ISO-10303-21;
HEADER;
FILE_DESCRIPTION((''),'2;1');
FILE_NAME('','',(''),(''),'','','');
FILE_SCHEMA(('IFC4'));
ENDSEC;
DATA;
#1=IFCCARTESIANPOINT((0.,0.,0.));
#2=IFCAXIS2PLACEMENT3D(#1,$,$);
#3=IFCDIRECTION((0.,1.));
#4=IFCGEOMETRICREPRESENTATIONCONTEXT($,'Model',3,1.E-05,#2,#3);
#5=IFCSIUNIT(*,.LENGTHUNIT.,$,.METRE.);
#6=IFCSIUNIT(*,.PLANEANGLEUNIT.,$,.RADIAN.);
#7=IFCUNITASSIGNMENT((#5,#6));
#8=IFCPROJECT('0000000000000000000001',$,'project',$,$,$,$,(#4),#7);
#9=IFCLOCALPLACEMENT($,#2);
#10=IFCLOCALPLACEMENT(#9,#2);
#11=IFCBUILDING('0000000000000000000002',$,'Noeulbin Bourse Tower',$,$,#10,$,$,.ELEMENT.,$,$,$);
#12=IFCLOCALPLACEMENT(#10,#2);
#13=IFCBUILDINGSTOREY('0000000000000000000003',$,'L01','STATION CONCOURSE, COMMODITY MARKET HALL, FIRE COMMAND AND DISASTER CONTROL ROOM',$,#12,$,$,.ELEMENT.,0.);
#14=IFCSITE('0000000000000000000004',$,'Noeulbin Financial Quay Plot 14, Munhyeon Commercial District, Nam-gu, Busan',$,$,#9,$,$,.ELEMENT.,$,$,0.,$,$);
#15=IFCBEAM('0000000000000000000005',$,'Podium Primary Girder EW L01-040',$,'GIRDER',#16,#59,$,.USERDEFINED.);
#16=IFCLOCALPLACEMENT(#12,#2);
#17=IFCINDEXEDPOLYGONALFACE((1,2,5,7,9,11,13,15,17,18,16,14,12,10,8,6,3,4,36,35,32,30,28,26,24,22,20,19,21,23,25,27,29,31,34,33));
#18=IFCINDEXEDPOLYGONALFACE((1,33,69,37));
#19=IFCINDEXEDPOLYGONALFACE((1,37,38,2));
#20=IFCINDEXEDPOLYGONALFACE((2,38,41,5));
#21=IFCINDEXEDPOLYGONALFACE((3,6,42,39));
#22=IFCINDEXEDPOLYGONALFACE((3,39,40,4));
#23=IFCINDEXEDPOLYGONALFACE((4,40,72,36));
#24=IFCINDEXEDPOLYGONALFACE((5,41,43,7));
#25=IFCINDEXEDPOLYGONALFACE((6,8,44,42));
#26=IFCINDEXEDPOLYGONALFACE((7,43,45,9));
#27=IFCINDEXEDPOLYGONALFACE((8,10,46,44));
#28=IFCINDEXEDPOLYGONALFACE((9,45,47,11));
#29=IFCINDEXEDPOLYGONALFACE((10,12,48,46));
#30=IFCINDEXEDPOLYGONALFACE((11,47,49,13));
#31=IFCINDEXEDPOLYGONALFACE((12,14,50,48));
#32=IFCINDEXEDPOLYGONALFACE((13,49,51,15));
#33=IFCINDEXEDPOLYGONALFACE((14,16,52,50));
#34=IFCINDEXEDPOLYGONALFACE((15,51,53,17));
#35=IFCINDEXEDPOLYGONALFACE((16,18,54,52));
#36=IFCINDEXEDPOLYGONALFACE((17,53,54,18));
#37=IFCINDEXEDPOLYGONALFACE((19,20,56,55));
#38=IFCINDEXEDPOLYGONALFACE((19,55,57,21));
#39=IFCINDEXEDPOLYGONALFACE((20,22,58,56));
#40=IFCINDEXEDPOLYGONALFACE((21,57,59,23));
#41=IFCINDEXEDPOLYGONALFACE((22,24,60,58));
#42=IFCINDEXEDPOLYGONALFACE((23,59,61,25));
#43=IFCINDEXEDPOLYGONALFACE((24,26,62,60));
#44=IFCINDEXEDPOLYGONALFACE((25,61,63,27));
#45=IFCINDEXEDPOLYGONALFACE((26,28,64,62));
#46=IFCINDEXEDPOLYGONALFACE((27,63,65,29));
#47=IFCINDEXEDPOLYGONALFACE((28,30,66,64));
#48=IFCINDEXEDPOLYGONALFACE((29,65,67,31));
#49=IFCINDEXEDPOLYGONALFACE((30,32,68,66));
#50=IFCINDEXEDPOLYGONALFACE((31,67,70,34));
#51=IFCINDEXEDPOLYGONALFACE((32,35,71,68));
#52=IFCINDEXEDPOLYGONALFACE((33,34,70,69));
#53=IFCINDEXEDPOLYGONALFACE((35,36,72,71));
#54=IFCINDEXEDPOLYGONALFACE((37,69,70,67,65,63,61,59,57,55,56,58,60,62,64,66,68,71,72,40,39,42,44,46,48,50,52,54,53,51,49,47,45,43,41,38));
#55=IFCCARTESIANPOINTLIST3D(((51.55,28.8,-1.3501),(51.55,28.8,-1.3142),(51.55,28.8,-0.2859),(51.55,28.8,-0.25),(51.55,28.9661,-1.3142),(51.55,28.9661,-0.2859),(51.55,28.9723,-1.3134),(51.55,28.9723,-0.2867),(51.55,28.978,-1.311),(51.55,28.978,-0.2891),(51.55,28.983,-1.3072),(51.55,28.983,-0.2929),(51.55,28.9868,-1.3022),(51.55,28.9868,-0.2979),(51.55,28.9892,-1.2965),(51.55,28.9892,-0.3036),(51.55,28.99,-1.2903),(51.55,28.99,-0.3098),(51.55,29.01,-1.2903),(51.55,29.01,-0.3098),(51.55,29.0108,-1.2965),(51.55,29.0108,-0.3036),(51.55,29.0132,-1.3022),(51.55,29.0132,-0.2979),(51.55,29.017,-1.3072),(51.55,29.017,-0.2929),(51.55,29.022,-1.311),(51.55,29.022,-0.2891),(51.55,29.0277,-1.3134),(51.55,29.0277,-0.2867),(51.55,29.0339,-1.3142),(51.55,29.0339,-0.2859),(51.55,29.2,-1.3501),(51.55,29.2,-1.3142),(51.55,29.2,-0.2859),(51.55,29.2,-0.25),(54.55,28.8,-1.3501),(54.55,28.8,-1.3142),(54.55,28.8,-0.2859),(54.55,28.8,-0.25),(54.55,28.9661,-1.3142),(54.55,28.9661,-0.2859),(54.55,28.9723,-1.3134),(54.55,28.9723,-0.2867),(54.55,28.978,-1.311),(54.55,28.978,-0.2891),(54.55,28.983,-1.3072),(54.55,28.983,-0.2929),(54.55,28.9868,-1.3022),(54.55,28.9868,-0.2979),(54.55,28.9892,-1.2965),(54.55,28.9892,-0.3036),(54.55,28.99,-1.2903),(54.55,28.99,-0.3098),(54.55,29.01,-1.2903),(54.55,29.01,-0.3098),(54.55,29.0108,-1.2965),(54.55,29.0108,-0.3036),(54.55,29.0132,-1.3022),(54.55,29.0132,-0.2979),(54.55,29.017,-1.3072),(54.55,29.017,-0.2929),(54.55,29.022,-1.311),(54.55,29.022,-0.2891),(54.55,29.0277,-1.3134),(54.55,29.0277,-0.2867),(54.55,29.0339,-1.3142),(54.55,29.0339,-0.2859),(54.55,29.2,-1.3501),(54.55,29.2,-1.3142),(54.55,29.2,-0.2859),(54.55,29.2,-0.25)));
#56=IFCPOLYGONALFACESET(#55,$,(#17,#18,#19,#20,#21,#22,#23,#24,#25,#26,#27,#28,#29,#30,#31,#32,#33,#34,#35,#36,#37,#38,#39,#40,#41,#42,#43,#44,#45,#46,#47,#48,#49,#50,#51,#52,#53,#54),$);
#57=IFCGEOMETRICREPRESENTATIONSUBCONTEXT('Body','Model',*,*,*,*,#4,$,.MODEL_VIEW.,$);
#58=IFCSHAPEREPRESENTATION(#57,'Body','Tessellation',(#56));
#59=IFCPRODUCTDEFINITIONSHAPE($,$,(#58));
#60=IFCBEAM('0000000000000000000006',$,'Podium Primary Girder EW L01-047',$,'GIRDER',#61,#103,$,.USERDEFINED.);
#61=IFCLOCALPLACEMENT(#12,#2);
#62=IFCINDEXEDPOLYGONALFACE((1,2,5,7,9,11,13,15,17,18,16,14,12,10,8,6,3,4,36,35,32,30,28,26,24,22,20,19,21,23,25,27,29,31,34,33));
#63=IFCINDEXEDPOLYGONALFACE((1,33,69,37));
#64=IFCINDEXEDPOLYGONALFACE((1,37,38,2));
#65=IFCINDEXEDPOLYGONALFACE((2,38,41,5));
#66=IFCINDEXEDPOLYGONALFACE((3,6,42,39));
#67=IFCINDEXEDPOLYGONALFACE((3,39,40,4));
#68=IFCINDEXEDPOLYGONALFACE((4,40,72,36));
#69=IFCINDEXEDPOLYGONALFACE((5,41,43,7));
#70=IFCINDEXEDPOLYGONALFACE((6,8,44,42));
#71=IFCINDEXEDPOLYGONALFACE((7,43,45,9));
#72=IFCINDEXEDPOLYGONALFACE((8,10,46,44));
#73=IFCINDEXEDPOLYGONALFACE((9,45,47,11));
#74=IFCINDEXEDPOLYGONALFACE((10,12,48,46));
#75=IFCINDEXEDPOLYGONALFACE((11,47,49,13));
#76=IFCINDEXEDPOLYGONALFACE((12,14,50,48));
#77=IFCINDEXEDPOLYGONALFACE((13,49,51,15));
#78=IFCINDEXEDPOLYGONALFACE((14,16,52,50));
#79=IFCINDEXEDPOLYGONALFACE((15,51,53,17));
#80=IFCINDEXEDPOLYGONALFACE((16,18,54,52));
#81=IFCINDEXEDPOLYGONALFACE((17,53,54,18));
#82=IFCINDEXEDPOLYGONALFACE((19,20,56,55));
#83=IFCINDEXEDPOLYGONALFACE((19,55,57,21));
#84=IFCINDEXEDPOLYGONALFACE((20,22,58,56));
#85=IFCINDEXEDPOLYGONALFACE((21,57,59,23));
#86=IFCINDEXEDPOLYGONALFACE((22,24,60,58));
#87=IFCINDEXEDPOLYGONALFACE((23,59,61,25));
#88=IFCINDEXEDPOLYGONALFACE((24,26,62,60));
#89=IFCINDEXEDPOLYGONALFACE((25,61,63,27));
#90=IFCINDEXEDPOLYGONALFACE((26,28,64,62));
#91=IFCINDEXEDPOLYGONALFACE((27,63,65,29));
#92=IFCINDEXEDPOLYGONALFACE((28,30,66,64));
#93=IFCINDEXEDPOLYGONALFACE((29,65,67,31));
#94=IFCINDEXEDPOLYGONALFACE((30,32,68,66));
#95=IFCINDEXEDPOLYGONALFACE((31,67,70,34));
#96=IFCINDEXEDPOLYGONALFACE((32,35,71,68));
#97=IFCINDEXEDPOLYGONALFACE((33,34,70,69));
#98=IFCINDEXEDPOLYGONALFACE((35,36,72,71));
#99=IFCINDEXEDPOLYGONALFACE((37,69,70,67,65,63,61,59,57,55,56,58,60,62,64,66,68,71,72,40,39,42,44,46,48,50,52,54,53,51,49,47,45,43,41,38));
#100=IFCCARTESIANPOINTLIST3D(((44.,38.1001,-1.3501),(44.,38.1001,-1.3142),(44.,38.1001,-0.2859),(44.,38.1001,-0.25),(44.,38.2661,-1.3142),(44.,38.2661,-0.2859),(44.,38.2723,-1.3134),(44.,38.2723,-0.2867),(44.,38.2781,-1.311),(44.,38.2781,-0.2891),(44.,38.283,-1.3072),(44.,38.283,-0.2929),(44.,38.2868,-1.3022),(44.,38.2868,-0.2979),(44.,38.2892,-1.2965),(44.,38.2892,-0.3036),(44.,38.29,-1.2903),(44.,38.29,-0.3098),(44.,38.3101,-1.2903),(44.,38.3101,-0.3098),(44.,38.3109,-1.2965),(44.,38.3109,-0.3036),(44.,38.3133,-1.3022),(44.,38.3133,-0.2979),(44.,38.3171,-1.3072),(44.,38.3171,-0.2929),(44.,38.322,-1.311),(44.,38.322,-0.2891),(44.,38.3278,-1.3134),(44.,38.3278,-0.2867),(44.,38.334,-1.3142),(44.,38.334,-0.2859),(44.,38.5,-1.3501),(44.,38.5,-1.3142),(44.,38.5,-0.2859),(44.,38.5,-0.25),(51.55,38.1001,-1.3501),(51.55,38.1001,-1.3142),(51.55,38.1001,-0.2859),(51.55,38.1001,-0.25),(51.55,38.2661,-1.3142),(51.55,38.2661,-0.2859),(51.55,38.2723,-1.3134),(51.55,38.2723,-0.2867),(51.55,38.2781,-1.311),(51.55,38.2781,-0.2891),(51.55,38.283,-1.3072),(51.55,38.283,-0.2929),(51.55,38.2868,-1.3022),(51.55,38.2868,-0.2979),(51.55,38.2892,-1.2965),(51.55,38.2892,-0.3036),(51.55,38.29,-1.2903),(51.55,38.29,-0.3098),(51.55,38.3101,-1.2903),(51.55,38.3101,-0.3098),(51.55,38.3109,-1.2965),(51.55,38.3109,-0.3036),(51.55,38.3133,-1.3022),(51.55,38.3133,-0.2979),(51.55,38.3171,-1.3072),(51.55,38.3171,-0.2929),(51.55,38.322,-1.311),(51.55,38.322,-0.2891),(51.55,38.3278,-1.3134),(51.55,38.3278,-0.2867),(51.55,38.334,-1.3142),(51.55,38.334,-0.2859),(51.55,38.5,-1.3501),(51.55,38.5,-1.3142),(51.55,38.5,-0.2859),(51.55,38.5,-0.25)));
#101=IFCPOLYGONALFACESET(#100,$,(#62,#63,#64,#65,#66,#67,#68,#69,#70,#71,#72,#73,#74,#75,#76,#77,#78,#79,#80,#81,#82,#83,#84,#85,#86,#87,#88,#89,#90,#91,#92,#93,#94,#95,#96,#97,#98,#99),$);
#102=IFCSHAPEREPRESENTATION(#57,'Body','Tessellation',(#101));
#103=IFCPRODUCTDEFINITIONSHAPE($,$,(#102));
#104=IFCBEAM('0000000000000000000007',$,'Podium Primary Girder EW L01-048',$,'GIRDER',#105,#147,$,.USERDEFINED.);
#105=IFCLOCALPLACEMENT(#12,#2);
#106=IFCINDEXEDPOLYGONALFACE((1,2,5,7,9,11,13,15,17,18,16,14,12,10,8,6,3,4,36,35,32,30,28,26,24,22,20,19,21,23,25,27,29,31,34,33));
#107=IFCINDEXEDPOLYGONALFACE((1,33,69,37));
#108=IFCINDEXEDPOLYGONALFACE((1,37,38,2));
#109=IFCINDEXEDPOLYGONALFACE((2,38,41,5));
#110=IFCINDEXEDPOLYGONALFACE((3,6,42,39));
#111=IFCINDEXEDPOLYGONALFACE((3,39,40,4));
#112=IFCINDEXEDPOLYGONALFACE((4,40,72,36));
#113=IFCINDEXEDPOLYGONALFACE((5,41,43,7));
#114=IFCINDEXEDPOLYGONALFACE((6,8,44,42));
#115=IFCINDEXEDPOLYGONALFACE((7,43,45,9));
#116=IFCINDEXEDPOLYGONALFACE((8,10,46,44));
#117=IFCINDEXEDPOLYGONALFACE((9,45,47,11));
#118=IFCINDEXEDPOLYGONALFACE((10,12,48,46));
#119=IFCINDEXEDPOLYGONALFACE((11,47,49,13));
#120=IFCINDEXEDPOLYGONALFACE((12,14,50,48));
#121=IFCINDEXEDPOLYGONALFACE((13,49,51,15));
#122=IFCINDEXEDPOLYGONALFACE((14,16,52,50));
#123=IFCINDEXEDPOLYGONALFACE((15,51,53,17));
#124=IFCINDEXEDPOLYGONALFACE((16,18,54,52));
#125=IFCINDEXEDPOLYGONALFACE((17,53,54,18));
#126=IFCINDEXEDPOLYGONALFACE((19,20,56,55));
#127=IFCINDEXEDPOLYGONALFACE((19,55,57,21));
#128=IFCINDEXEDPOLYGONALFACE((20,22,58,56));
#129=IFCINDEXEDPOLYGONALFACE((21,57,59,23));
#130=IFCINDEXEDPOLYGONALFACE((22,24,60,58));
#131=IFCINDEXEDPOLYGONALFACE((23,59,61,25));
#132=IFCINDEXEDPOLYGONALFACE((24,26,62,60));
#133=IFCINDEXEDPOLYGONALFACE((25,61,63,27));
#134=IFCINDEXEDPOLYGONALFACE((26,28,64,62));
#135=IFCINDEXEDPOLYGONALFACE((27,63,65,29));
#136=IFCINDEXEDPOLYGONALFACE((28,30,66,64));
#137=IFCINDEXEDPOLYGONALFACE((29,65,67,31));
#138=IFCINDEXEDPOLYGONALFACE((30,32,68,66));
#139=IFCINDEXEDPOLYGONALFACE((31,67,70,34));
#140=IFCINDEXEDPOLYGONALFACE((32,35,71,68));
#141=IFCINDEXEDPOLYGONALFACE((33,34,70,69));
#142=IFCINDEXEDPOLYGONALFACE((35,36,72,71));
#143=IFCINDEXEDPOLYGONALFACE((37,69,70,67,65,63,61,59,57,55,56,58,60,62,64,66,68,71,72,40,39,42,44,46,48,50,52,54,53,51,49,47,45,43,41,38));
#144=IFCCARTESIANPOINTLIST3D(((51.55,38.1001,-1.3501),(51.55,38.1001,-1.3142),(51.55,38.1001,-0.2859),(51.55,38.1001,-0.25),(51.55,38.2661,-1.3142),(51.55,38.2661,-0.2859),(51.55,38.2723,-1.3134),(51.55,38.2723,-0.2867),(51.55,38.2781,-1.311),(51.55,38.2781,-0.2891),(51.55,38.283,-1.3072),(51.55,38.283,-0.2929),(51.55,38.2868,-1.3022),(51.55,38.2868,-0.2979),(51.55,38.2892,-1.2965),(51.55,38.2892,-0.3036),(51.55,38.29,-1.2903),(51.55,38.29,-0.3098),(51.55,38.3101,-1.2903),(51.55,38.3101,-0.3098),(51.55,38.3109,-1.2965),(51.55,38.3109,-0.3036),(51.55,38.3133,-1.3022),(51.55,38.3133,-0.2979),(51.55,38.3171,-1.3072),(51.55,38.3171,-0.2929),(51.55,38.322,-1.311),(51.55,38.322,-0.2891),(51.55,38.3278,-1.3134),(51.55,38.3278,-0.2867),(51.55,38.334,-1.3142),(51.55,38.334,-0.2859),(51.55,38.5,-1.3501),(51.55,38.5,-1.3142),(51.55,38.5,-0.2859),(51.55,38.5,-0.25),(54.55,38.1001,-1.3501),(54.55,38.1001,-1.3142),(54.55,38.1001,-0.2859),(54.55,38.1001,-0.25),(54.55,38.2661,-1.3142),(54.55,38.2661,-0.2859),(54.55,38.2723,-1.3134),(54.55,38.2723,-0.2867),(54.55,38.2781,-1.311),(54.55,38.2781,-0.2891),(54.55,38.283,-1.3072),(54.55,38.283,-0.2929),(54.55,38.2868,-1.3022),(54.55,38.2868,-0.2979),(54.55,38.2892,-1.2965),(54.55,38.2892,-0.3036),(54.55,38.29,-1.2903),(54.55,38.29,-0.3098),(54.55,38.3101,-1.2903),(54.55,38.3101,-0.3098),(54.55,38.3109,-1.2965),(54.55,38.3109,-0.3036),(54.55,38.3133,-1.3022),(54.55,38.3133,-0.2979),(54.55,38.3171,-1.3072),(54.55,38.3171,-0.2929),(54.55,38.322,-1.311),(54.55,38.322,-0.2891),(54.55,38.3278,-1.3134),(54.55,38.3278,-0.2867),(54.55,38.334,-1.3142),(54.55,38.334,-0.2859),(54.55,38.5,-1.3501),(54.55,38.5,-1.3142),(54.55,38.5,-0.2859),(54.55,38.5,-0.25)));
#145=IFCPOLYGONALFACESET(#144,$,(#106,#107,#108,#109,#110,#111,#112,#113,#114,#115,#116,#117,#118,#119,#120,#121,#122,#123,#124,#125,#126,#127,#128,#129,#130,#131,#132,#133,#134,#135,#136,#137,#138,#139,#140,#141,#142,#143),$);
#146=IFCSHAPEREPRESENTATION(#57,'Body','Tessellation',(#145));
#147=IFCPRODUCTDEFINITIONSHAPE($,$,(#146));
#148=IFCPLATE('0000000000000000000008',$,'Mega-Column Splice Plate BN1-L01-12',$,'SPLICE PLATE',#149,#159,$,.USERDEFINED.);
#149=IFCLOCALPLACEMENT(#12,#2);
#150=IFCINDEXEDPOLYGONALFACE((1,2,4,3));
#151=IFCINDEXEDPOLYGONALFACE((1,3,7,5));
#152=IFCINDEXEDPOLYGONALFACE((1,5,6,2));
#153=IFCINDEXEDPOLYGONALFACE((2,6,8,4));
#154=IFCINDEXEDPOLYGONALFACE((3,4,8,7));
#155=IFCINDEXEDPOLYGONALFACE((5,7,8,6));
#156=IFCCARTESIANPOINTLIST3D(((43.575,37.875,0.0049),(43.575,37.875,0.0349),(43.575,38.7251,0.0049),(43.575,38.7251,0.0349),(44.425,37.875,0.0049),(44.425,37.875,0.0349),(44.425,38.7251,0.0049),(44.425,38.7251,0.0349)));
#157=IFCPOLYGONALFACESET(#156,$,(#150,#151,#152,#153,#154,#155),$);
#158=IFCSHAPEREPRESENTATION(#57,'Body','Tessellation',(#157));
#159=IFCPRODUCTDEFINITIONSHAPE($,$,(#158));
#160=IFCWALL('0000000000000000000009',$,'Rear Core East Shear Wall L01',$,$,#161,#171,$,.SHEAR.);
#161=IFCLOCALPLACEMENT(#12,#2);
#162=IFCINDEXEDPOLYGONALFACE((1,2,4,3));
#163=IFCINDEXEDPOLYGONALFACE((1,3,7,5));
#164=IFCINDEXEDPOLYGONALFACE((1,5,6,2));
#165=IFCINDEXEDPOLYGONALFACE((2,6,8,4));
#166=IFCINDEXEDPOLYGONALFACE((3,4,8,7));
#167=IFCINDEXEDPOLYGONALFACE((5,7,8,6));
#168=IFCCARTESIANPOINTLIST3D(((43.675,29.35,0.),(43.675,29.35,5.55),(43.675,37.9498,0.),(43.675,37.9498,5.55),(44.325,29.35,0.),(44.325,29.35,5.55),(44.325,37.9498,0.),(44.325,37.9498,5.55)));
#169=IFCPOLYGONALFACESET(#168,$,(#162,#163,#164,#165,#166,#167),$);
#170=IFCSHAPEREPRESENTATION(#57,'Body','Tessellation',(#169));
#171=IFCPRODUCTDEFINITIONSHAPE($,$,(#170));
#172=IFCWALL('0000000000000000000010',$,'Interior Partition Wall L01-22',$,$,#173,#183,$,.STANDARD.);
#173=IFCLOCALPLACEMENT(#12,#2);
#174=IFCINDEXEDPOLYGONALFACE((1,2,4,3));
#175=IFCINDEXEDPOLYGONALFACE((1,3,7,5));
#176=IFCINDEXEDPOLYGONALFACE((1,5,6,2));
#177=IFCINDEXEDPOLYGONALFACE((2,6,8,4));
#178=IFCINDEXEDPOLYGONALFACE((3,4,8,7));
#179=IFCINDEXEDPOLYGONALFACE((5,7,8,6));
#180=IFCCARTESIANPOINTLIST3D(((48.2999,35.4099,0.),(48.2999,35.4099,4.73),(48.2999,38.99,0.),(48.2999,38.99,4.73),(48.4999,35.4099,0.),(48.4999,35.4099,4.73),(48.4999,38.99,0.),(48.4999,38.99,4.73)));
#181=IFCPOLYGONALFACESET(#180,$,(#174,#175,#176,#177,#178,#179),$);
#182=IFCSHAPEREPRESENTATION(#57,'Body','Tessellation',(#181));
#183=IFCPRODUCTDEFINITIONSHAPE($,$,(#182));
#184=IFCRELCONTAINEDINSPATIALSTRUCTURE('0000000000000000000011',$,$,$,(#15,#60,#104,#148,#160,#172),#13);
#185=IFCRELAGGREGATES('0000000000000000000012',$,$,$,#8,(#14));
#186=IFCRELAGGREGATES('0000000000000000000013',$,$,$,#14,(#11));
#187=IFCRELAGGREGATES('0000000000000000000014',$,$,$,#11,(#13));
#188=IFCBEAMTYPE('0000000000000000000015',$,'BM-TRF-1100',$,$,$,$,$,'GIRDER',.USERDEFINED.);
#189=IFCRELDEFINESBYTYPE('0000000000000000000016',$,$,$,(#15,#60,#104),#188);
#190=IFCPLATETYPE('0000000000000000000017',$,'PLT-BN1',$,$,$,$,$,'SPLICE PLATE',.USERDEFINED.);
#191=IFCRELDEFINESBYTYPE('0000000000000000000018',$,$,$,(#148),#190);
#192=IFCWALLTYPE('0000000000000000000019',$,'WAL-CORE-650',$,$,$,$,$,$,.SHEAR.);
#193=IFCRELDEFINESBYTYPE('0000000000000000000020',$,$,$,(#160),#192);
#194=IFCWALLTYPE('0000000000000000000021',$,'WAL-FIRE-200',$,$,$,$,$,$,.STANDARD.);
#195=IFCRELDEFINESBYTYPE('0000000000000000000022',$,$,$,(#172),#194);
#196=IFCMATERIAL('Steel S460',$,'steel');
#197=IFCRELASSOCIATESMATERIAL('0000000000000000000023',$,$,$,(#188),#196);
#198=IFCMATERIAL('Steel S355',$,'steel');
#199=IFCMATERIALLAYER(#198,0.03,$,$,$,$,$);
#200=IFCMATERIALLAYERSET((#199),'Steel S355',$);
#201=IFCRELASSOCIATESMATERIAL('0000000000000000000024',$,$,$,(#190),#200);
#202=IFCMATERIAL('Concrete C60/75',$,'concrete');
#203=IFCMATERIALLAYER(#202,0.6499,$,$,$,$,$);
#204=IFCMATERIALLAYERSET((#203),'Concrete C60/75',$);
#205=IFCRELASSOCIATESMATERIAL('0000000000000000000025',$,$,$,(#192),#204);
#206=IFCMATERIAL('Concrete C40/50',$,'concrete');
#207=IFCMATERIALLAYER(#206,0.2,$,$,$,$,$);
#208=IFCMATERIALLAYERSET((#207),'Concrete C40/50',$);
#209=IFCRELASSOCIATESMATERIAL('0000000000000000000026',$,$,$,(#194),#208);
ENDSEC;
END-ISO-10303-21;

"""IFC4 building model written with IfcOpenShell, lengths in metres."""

from ifc_helpers import new_model, si_unit, direction, frame, frame_2d, origin, origin_2d, place, context, subcontext, project, spatial, rectangle, i_section, extrude, material, layer, layer_set, material_profile, profile_set, type_object, element, save


model = new_model("IFC4")

# Units and contexts
model_context = context("Model", 3, precision=1e-05, world=origin(), true_north=direction((0.0, 1.0)))
body_context = subcontext(model_context, "Body", "Model", "MODEL_VIEW")
ifc_project = project(units=[si_unit("LENGTHUNIT", "METRE"), si_unit("PLANEANGLEUNIT", "RADIAN")], contexts=[model_context])

# Site, building, storey
site_placement = place(None, origin())
site = spatial("IfcSite", under=ifc_project, at=site_placement, Name="Noeulbin Financial Quay Plot 14, Munhyeon Commercial District, Nam-gu, Busan", CompositionType="ELEMENT", RefElevation=0.0)
building_placement = place(site_placement, origin())
building = spatial("IfcBuilding", under=site, at=building_placement, Name="Noeulbin Bourse Tower", CompositionType="ELEMENT")
storey_placement = place(building_placement, origin())
storey = spatial("IfcBuildingStorey", under=building, at=storey_placement, Name="L01", Description="STATION CONCOURSE, COMMODITY MARKET HALL, FIRE COMMAND AND DISASTER CONTROL ROOM", CompositionType="ELEMENT", Elevation=0.0)

# Shared definitions
ifc_material_1 = material(Name="Concrete C60/75", Category="concrete")
ifc_material_2 = material(Name="Steel S460", Category="steel")

# Beams
ifc_material_3 = material(Name="Steel S355", Category="steel")
ifc_material_profile_1 = material_profile(ifc_material_2, i_section(OverallWidth=0.3999, OverallDepth=1.1001, WebThickness=0.02, FlangeThickness=0.0359, FilletRadius=0.0239, at=origin_2d()), Name="PG-1100x400x20x36", Category="LoadBearing")
ifc_profile_set_1 = profile_set([ifc_material_profile_1], Name="Steel S460")
beam_type_1 = type_object("IfcBeamType", Name="BM-TRF-1100", ElementType="GIRDER", PredefinedType="USERDEFINED", material=ifc_profile_set_1)
beam_1_placement = place(storey_placement, frame((51.55, 29.0, -0.8), z_axis=(1.0, 0.0, 0.0), x_axis=(0.0, 1.0, 0.0)))
element("IfcBeam", 1, at=beam_1_placement, inside=storey, type_object=beam_type_1, Name="Podium Primary Girder EW L01-040", ObjectType="GIRDER", PredefinedType="USERDEFINED", context=body_context, shape_type="SweptSolid", body=[
    extrude(i_section(OverallWidth=0.3999, OverallDepth=1.1001, WebThickness=0.02, FlangeThickness=0.0359, FilletRadius=0.0239, at=origin_2d()), origin(), (0.0, 0.0, 1.0), 3.0),
])
beam_2_placement = place(storey_placement, frame((44.0, 38.3, -0.8), z_axis=(1.0, 0.0, 0.0), x_axis=(0.0, 1.0, 0.0)))
element("IfcBeam", 2, at=beam_2_placement, inside=storey, type_object=beam_type_1, Name="Podium Primary Girder EW L01-047", ObjectType="GIRDER", PredefinedType="USERDEFINED", context=body_context, shape_type="SweptSolid", body=[
    extrude(i_section(OverallWidth=0.3999, OverallDepth=1.1001, WebThickness=0.02, FlangeThickness=0.0359, FilletRadius=0.0239, at=origin_2d()), origin(), (0.0, 0.0, 1.0), 7.55),
])
beam_3_placement = place(storey_placement, frame((51.55, 38.3, -0.8), z_axis=(1.0, 0.0, 0.0), x_axis=(0.0, 1.0, 0.0)))
element("IfcBeam", 3, at=beam_3_placement, inside=storey, type_object=beam_type_1, Name="Podium Primary Girder EW L01-048", ObjectType="GIRDER", PredefinedType="USERDEFINED", context=body_context, shape_type="SweptSolid", body=[
    extrude(i_section(OverallWidth=0.3999, OverallDepth=1.1001, WebThickness=0.02, FlangeThickness=0.0359, FilletRadius=0.0239, at=origin_2d()), origin(), (0.0, 0.0, 1.0), 3.0),
])

# Plate
ifc_layer_1 = layer(ifc_material_3, 0.03)
ifc_layer_set_1 = layer_set([ifc_layer_1], Name="Steel S355")
plate_type = type_object("IfcPlateType", Name="PLT-BN1", ElementType="SPLICE PLATE", PredefinedType="USERDEFINED", material=ifc_layer_set_1)
plate_placement = place(storey_placement, frame((44.0, 38.3, 0.0049), z_axis=(0.0, 0.0, 1.0), x_axis=(1.0, 0.0, 0.0)))
element("IfcPlate", 4, at=plate_placement, inside=storey, type_object=plate_type, Name="Mega-Column Splice Plate BN1-L01-12", ObjectType="SPLICE PLATE", PredefinedType="USERDEFINED", context=body_context, shape_type="SweptSolid", body=[
    extrude(rectangle(XDim=0.8501, YDim=0.8501, at=origin_2d()), origin(), (0.0, 0.0, 1.0), 0.03),
])

# Walls
ifc_layer_2 = layer(ifc_material_1, 0.6499)
ifc_layer_set_2 = layer_set([ifc_layer_2], Name="Concrete C60/75")
wall_type_1 = type_object("IfcWallType", Name="WAL-CORE-650", PredefinedType="SHEAR", material=ifc_layer_set_2)
wall_1_placement = place(storey_placement, frame((44.0, 29.3501, 0.0), z_axis=(0.0, 0.0, 1.0), x_axis=(0.0, 1.0, 0.0)))
element("IfcWall", 5, at=wall_1_placement, inside=storey, type_object=wall_type_1, Name="Rear Core East Shear Wall L01", PredefinedType="SHEAR", context=body_context, shape_type="SweptSolid", body=[
    extrude(rectangle(XDim=8.5999, YDim=0.6499, at=frame_2d((4.2998, 0.0))), origin(), (0.0, 0.0, 1.0), 5.55),
])
ifc_material_4 = material(Name="Concrete C40/50", Category="concrete")
ifc_layer_3 = layer(ifc_material_4, 0.2)
ifc_layer_set_3 = layer_set([ifc_layer_3], Name="Concrete C40/50")
wall_type_2 = type_object("IfcWallType", Name="WAL-FIRE-200", PredefinedType="STANDARD", material=ifc_layer_set_3)
wall_2_placement = place(storey_placement, frame((48.3999, 35.4099, 0.0), z_axis=(0.0, 0.0, 1.0), x_axis=(0.0, 1.0, 0.0)))
element("IfcWall", 6, at=wall_2_placement, inside=storey, type_object=wall_type_2, Name="Interior Partition Wall L01-22", PredefinedType="STANDARD", context=body_context, shape_type="SweptSolid", body=[
    extrude(rectangle(XDim=3.5801, YDim=0.2, at=frame_2d((1.79, 0.0))), origin(), (0.0, 0.0, 1.0), 4.73),
])

save(model, "model.ifc")
